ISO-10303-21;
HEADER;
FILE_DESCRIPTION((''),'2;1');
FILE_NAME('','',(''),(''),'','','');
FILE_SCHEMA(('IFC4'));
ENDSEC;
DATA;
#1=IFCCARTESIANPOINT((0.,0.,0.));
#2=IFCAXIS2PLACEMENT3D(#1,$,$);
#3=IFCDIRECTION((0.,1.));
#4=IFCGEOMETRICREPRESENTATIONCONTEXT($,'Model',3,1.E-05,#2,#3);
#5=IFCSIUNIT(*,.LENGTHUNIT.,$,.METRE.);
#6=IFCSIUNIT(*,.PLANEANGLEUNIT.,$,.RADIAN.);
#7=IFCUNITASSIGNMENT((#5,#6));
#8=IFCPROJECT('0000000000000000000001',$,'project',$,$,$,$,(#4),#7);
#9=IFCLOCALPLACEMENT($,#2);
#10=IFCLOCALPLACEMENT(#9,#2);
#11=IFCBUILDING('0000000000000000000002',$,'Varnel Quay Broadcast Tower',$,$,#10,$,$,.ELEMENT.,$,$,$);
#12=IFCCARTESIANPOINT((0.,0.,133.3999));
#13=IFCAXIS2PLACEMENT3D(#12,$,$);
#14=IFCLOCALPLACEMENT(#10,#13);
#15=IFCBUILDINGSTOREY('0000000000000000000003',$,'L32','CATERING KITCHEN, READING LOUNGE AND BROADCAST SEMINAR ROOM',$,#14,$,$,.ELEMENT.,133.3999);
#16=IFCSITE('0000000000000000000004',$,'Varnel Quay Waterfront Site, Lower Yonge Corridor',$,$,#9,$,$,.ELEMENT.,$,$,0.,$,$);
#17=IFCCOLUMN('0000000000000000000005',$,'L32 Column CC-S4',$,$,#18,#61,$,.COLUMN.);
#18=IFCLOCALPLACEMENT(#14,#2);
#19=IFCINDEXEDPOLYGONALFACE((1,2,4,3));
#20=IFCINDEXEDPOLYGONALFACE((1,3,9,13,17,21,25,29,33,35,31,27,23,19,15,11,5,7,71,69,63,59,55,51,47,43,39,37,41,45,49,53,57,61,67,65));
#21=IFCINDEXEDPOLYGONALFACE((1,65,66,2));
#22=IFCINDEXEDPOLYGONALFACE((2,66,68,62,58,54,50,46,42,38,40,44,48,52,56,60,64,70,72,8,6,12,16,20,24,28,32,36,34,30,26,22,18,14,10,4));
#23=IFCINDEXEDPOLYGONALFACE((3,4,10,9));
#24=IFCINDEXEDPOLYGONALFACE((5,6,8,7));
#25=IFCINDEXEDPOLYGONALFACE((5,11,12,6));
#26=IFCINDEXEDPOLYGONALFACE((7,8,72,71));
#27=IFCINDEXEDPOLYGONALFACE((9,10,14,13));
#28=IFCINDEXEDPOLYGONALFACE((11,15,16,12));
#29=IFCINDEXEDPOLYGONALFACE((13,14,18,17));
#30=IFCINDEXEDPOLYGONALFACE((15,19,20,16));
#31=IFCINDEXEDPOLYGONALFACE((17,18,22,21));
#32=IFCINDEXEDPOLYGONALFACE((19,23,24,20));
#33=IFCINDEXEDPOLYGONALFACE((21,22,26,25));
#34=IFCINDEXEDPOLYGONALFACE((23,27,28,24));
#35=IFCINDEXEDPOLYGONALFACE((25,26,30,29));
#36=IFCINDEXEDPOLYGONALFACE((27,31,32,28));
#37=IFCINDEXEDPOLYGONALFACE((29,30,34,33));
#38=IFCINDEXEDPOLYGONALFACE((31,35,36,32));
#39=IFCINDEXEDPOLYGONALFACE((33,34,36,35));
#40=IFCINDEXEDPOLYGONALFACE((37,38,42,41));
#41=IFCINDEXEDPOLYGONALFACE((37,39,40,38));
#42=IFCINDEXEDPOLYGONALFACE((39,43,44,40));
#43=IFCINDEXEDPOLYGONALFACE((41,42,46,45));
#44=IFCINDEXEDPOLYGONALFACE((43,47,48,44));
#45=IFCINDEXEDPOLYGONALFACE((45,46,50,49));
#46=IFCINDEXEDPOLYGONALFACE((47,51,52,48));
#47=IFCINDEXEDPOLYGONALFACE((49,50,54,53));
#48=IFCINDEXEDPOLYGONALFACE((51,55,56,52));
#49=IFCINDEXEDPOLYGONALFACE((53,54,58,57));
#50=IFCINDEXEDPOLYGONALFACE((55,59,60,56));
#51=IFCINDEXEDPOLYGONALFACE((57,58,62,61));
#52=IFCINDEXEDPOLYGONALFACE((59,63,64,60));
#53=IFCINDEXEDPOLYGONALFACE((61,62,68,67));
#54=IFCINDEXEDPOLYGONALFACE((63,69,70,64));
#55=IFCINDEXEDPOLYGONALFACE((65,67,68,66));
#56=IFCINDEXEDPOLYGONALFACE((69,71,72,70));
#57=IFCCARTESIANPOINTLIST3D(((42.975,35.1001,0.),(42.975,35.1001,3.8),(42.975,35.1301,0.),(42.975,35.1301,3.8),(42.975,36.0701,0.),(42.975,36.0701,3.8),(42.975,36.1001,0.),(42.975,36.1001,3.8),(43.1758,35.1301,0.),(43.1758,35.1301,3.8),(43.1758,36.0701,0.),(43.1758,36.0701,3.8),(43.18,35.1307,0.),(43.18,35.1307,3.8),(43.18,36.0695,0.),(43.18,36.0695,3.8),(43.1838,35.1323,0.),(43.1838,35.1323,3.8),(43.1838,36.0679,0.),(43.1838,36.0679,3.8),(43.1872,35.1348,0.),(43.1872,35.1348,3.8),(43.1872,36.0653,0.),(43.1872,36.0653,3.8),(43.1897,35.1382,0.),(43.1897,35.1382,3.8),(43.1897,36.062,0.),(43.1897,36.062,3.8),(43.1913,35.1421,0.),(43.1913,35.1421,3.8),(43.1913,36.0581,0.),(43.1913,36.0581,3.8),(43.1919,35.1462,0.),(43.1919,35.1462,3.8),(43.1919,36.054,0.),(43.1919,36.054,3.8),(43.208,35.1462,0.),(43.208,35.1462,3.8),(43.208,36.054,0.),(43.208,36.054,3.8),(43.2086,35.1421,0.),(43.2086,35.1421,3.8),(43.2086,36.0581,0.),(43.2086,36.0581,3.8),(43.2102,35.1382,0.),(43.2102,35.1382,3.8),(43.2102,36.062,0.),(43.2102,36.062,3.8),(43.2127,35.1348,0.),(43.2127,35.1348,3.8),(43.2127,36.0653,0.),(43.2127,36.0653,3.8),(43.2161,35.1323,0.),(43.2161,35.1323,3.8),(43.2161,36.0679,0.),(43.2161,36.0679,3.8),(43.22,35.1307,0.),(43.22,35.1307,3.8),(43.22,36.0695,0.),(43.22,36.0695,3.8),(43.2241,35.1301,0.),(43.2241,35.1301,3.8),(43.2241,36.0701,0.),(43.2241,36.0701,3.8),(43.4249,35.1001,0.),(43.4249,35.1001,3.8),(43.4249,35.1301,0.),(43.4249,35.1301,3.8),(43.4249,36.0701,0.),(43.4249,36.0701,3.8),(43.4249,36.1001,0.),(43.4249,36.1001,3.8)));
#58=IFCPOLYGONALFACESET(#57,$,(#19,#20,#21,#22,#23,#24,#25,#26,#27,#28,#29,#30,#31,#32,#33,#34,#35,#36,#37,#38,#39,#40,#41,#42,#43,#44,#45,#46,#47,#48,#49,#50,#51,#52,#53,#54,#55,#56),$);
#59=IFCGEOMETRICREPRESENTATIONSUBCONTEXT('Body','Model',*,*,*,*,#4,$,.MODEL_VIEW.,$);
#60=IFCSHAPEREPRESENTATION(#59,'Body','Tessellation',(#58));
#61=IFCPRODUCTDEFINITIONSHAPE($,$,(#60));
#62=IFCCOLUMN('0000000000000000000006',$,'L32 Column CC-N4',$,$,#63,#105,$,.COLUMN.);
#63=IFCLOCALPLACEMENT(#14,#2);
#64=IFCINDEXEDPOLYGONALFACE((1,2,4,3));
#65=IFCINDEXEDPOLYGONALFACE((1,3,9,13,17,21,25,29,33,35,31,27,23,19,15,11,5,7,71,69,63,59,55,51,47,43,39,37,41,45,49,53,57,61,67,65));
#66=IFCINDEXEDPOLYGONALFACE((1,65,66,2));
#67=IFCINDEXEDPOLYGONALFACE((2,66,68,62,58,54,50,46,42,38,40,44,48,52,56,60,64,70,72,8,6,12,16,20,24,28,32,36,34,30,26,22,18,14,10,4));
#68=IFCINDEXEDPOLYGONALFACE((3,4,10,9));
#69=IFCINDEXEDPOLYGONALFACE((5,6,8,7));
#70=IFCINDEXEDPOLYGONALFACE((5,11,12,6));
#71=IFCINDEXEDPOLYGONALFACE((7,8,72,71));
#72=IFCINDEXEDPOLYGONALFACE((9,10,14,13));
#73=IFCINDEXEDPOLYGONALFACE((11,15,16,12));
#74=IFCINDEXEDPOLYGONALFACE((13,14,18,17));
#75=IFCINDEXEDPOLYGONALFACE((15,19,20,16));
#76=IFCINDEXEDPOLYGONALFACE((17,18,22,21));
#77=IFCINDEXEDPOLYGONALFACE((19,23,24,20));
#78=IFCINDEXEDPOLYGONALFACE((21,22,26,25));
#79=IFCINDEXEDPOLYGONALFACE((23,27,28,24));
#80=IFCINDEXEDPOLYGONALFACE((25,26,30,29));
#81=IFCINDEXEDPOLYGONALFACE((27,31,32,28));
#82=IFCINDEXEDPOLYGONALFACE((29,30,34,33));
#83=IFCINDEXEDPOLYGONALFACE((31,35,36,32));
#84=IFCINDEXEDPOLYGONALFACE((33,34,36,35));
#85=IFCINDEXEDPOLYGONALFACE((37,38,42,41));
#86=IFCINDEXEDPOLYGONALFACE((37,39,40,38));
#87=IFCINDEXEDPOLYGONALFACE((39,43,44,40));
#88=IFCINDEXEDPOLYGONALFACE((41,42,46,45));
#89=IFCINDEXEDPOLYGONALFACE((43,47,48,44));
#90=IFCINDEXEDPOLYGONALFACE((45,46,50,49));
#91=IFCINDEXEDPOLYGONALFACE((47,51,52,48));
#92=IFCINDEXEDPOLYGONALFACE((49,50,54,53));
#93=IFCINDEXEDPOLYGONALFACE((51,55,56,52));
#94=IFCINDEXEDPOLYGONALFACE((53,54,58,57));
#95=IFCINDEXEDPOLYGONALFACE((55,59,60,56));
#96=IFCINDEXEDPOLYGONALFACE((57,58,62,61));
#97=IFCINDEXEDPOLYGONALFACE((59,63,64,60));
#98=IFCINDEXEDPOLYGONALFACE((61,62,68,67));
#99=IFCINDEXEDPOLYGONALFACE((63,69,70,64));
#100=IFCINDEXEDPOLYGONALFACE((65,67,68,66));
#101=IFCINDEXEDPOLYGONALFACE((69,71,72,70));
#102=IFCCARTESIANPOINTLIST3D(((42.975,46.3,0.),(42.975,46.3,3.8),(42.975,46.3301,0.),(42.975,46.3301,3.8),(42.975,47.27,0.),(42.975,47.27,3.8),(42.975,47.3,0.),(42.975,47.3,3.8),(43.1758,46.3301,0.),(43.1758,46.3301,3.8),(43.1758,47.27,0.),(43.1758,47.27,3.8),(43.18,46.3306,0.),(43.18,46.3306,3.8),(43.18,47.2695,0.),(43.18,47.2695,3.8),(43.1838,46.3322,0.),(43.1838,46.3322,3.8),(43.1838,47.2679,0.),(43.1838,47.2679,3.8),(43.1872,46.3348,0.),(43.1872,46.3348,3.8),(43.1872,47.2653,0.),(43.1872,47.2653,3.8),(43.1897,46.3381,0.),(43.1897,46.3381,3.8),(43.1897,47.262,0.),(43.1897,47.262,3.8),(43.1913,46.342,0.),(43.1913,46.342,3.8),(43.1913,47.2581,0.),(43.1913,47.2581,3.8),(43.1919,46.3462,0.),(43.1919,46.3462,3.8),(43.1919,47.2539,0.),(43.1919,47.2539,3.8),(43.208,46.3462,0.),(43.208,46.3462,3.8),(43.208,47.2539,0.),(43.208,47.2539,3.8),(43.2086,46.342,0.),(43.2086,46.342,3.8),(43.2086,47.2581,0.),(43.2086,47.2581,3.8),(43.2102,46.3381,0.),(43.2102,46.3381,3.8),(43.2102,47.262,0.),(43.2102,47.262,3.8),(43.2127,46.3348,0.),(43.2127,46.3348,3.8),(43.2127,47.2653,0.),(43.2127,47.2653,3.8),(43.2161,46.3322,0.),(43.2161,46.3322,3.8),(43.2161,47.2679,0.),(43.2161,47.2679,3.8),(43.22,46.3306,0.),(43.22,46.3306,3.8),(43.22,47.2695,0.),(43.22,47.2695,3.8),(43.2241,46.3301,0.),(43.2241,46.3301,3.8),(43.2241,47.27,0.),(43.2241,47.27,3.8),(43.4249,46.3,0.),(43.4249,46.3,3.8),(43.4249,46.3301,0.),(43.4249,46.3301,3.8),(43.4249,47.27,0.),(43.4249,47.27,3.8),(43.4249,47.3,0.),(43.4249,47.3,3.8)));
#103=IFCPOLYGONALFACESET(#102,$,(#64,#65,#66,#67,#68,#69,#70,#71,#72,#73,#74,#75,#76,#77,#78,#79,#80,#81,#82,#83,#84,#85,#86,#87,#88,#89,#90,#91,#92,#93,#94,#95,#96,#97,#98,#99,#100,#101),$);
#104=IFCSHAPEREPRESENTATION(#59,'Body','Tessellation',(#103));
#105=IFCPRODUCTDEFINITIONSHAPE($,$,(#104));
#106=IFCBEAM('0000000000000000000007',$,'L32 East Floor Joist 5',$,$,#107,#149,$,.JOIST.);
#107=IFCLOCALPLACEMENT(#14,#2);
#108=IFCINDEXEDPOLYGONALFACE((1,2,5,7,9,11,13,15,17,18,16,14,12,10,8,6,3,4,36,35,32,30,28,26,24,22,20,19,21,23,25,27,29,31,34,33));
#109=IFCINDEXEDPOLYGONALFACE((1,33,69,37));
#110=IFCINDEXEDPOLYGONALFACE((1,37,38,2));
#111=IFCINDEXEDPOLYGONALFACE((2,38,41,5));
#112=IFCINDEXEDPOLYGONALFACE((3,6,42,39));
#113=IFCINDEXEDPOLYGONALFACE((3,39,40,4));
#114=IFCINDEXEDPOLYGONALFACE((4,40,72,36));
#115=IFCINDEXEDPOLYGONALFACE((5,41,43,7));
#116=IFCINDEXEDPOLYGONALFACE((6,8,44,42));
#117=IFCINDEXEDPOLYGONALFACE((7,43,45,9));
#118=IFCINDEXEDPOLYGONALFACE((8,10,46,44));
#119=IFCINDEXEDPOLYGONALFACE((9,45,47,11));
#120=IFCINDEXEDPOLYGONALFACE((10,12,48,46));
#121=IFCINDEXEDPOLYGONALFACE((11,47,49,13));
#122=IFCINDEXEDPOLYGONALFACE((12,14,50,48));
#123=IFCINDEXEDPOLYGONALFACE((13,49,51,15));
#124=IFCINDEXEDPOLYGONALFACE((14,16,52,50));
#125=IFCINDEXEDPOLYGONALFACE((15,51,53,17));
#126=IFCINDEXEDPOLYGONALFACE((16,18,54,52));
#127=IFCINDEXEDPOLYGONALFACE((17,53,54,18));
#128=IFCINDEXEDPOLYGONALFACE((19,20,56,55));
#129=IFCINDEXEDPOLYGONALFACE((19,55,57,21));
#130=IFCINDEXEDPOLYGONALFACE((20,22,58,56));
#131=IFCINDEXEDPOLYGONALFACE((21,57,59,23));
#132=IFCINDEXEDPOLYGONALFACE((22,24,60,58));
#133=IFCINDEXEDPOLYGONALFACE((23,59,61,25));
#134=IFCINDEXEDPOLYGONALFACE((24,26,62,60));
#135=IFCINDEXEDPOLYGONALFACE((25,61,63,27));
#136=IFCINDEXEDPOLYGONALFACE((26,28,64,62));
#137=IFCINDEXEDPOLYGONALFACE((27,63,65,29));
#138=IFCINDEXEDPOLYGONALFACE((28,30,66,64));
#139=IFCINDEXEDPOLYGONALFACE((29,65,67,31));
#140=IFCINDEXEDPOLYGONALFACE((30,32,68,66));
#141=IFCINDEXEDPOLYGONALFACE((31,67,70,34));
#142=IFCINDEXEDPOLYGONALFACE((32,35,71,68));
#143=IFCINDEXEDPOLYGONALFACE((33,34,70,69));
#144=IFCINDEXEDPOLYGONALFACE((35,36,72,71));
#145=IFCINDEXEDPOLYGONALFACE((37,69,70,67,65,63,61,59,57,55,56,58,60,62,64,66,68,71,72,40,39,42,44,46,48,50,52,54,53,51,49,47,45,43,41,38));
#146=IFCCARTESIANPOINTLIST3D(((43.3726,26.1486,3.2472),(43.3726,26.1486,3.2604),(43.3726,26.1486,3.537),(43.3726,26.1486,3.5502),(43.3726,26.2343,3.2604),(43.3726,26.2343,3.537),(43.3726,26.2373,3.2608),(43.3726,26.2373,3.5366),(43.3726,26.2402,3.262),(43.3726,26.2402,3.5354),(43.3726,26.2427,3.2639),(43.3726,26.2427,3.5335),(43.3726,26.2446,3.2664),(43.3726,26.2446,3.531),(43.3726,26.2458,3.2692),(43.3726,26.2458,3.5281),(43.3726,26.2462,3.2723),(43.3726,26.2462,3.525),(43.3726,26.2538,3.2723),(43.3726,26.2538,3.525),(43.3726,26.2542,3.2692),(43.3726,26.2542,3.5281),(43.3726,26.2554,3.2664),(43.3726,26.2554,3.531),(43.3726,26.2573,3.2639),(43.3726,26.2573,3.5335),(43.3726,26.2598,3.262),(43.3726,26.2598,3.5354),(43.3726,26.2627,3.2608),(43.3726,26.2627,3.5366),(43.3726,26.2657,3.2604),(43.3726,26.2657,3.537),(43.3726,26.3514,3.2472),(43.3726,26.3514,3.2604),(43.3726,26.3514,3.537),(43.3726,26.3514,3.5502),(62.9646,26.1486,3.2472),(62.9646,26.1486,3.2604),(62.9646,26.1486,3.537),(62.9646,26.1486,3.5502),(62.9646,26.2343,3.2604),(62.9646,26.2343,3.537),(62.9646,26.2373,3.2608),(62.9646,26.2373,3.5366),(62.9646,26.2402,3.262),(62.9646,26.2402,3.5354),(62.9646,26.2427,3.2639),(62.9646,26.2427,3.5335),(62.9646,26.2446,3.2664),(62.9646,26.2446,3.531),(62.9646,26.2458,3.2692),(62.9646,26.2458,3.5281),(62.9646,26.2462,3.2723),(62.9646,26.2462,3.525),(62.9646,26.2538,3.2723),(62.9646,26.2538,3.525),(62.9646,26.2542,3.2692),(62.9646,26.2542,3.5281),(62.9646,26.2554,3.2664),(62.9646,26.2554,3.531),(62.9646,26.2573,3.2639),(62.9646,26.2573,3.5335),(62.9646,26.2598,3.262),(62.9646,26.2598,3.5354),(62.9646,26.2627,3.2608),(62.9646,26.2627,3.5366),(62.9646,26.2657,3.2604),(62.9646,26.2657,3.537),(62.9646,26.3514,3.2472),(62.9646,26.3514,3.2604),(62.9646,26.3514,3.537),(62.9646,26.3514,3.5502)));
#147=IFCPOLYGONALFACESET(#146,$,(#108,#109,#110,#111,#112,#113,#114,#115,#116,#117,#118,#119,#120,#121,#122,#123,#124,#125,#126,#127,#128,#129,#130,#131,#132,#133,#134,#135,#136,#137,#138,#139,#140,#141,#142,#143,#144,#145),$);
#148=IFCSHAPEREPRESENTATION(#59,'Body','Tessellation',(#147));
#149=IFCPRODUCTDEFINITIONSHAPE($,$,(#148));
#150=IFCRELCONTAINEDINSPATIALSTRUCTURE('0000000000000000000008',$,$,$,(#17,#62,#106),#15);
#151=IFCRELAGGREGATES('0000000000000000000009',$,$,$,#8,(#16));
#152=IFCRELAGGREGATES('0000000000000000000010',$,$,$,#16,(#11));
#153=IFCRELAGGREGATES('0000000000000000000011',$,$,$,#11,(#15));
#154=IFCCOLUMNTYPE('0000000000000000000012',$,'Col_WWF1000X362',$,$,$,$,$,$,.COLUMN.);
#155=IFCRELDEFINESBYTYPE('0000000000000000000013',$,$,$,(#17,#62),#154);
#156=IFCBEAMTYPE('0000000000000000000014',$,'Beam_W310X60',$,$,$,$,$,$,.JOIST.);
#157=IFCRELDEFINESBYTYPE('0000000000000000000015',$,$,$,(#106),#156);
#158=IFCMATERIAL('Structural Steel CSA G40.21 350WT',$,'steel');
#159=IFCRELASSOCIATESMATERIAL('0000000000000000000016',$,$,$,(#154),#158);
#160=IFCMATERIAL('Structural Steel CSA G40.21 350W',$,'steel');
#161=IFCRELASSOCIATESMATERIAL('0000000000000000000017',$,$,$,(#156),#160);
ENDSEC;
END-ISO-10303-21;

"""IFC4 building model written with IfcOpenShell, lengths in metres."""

from ifc_helpers import new_model, si_unit, direction, frame, origin, origin_2d, place, context, subcontext, project, spatial, i_section, extrude, source, transform, mapped, material, material_profile, profile_set, type_object, type_shapes, element, save


model = new_model("IFC4")

# Units and contexts
model_context = context("Model", 3, precision=1e-05, world=origin(), true_north=direction((0.0, 1.0)))
body_context = subcontext(model_context, "Body", "Model", "MODEL_VIEW")
ifc_project = project(units=[si_unit("LENGTHUNIT", "METRE"), si_unit("PLANEANGLEUNIT", "RADIAN")], contexts=[model_context])

# Site, building, storey
site_placement = place(None, origin())
site = spatial("IfcSite", under=ifc_project, at=site_placement, Name="Varnel Quay Waterfront Site, Lower Yonge Corridor", CompositionType="ELEMENT", RefElevation=0.0)
building_placement = place(site_placement, origin())
building = spatial("IfcBuilding", under=site, at=building_placement, Name="Varnel Quay Broadcast Tower", CompositionType="ELEMENT")
storey_placement = place(building_placement, frame((0.0, 0.0, 133.3999)))
storey = spatial("IfcBuildingStorey", under=building, at=storey_placement, Name="L32", Description="CATERING KITCHEN, READING LOUNGE AND BROADCAST SEMINAR ROOM", CompositionType="ELEMENT", Elevation=133.3999)

# Columns
ifc_material_1 = material(Name="Structural Steel CSA G40.21 350WT", Category="steel")
ifc_material_profile_1 = material_profile(ifc_material_1, i_section(OverallWidth=0.45, OverallDepth=1.0, WebThickness=0.0161, FlangeThickness=0.03, FilletRadius=0.0161, at=origin_2d()), Name="WWF1000X362")
ifc_profile_set_1 = profile_set([ifc_material_profile_1], Name="Structural Steel CSA G40.21 350WT")
column_type = type_object("IfcColumnType", Name="Col_WWF1000X362", PredefinedType="COLUMN", material=ifc_profile_set_1)
shared_shape_1 = source(origin(), body_context, "Body", "SweptSolid", [
    extrude(i_section(OverallWidth=0.45, OverallDepth=1.0, WebThickness=0.0161, FlangeThickness=0.03, FilletRadius=0.0161, at=origin_2d()), origin(), (0.0, 0.0, 1.0), 3.8),
])
type_shapes(column_type, [shared_shape_1])
for number, where, z_axis, x_axis, name in (
    (1, (43.2, 35.6001, 0.0), (0.0, 0.0, 1.0), (1.0, 0.0, 0.0), "L32 Column CC-S4"),
    (2, (43.2, 46.8, 0.0), (0.0, 0.0, 1.0), (1.0, 0.0, 0.0), "L32 Column CC-N4"),
):
    element("IfcColumn", number, at=place(storey_placement, frame(where, z_axis=z_axis, x_axis=x_axis)), inside=storey, type_object=column_type, Name=name, PredefinedType="COLUMN", context=body_context, shape_type="MappedRepresentation", body=[
        mapped(shared_shape_1, transform((0.0, 0.0, 0.0), x_axis=(1.0, 0.0, 0.0), y_axis=(0.0, 1.0, 0.0), z_axis=(0.0, 0.0, 1.0), scale=1.0)),
    ])

# Beam
ifc_material_2 = material(Name="Structural Steel CSA G40.21 350W", Category="steel")
ifc_material_profile_2 = material_profile(ifc_material_2, i_section(OverallWidth=0.2029, OverallDepth=0.303, WebThickness=0.0076, FlangeThickness=0.0132, FilletRadius=0.012, at=origin_2d()), Name="W310X60")
ifc_profile_set_2 = profile_set([ifc_material_profile_2], Name="Structural Steel CSA G40.21 350W")
beam_type_1 = type_object("IfcBeamType", Name="Beam_W310X60", PredefinedType="JOIST", material=ifc_profile_set_2)
shared_shape_2 = source(origin(), body_context, "Body", "SweptSolid", [
    extrude(i_section(OverallWidth=0.2029, OverallDepth=0.303, WebThickness=0.0076, FlangeThickness=0.0132, FilletRadius=0.012, at=origin_2d()), origin(), (0.0, 0.0, 1.0), 19.592),
])
type_shapes(beam_type_1, [shared_shape_2])
beam_1_placement = place(storey_placement, frame((43.3726, 26.25, 3.3987), z_axis=(1.0, 0.0, 0.0), x_axis=(0.0, 1.0, 0.0)))
element("IfcBeam", 3, at=beam_1_placement, inside=storey, type_object=beam_type_1, Name="L32 East Floor Joist 5", PredefinedType="JOIST", context=body_context, shape_type="MappedRepresentation", body=[
    mapped(shared_shape_2, transform((0.0, 0.0, 0.0), x_axis=(1.0, 0.0, 0.0), y_axis=(0.0, 1.0, 0.0), z_axis=(0.0, 0.0, 1.0), scale=1.0)),
])

save(model, "model.ifc")
